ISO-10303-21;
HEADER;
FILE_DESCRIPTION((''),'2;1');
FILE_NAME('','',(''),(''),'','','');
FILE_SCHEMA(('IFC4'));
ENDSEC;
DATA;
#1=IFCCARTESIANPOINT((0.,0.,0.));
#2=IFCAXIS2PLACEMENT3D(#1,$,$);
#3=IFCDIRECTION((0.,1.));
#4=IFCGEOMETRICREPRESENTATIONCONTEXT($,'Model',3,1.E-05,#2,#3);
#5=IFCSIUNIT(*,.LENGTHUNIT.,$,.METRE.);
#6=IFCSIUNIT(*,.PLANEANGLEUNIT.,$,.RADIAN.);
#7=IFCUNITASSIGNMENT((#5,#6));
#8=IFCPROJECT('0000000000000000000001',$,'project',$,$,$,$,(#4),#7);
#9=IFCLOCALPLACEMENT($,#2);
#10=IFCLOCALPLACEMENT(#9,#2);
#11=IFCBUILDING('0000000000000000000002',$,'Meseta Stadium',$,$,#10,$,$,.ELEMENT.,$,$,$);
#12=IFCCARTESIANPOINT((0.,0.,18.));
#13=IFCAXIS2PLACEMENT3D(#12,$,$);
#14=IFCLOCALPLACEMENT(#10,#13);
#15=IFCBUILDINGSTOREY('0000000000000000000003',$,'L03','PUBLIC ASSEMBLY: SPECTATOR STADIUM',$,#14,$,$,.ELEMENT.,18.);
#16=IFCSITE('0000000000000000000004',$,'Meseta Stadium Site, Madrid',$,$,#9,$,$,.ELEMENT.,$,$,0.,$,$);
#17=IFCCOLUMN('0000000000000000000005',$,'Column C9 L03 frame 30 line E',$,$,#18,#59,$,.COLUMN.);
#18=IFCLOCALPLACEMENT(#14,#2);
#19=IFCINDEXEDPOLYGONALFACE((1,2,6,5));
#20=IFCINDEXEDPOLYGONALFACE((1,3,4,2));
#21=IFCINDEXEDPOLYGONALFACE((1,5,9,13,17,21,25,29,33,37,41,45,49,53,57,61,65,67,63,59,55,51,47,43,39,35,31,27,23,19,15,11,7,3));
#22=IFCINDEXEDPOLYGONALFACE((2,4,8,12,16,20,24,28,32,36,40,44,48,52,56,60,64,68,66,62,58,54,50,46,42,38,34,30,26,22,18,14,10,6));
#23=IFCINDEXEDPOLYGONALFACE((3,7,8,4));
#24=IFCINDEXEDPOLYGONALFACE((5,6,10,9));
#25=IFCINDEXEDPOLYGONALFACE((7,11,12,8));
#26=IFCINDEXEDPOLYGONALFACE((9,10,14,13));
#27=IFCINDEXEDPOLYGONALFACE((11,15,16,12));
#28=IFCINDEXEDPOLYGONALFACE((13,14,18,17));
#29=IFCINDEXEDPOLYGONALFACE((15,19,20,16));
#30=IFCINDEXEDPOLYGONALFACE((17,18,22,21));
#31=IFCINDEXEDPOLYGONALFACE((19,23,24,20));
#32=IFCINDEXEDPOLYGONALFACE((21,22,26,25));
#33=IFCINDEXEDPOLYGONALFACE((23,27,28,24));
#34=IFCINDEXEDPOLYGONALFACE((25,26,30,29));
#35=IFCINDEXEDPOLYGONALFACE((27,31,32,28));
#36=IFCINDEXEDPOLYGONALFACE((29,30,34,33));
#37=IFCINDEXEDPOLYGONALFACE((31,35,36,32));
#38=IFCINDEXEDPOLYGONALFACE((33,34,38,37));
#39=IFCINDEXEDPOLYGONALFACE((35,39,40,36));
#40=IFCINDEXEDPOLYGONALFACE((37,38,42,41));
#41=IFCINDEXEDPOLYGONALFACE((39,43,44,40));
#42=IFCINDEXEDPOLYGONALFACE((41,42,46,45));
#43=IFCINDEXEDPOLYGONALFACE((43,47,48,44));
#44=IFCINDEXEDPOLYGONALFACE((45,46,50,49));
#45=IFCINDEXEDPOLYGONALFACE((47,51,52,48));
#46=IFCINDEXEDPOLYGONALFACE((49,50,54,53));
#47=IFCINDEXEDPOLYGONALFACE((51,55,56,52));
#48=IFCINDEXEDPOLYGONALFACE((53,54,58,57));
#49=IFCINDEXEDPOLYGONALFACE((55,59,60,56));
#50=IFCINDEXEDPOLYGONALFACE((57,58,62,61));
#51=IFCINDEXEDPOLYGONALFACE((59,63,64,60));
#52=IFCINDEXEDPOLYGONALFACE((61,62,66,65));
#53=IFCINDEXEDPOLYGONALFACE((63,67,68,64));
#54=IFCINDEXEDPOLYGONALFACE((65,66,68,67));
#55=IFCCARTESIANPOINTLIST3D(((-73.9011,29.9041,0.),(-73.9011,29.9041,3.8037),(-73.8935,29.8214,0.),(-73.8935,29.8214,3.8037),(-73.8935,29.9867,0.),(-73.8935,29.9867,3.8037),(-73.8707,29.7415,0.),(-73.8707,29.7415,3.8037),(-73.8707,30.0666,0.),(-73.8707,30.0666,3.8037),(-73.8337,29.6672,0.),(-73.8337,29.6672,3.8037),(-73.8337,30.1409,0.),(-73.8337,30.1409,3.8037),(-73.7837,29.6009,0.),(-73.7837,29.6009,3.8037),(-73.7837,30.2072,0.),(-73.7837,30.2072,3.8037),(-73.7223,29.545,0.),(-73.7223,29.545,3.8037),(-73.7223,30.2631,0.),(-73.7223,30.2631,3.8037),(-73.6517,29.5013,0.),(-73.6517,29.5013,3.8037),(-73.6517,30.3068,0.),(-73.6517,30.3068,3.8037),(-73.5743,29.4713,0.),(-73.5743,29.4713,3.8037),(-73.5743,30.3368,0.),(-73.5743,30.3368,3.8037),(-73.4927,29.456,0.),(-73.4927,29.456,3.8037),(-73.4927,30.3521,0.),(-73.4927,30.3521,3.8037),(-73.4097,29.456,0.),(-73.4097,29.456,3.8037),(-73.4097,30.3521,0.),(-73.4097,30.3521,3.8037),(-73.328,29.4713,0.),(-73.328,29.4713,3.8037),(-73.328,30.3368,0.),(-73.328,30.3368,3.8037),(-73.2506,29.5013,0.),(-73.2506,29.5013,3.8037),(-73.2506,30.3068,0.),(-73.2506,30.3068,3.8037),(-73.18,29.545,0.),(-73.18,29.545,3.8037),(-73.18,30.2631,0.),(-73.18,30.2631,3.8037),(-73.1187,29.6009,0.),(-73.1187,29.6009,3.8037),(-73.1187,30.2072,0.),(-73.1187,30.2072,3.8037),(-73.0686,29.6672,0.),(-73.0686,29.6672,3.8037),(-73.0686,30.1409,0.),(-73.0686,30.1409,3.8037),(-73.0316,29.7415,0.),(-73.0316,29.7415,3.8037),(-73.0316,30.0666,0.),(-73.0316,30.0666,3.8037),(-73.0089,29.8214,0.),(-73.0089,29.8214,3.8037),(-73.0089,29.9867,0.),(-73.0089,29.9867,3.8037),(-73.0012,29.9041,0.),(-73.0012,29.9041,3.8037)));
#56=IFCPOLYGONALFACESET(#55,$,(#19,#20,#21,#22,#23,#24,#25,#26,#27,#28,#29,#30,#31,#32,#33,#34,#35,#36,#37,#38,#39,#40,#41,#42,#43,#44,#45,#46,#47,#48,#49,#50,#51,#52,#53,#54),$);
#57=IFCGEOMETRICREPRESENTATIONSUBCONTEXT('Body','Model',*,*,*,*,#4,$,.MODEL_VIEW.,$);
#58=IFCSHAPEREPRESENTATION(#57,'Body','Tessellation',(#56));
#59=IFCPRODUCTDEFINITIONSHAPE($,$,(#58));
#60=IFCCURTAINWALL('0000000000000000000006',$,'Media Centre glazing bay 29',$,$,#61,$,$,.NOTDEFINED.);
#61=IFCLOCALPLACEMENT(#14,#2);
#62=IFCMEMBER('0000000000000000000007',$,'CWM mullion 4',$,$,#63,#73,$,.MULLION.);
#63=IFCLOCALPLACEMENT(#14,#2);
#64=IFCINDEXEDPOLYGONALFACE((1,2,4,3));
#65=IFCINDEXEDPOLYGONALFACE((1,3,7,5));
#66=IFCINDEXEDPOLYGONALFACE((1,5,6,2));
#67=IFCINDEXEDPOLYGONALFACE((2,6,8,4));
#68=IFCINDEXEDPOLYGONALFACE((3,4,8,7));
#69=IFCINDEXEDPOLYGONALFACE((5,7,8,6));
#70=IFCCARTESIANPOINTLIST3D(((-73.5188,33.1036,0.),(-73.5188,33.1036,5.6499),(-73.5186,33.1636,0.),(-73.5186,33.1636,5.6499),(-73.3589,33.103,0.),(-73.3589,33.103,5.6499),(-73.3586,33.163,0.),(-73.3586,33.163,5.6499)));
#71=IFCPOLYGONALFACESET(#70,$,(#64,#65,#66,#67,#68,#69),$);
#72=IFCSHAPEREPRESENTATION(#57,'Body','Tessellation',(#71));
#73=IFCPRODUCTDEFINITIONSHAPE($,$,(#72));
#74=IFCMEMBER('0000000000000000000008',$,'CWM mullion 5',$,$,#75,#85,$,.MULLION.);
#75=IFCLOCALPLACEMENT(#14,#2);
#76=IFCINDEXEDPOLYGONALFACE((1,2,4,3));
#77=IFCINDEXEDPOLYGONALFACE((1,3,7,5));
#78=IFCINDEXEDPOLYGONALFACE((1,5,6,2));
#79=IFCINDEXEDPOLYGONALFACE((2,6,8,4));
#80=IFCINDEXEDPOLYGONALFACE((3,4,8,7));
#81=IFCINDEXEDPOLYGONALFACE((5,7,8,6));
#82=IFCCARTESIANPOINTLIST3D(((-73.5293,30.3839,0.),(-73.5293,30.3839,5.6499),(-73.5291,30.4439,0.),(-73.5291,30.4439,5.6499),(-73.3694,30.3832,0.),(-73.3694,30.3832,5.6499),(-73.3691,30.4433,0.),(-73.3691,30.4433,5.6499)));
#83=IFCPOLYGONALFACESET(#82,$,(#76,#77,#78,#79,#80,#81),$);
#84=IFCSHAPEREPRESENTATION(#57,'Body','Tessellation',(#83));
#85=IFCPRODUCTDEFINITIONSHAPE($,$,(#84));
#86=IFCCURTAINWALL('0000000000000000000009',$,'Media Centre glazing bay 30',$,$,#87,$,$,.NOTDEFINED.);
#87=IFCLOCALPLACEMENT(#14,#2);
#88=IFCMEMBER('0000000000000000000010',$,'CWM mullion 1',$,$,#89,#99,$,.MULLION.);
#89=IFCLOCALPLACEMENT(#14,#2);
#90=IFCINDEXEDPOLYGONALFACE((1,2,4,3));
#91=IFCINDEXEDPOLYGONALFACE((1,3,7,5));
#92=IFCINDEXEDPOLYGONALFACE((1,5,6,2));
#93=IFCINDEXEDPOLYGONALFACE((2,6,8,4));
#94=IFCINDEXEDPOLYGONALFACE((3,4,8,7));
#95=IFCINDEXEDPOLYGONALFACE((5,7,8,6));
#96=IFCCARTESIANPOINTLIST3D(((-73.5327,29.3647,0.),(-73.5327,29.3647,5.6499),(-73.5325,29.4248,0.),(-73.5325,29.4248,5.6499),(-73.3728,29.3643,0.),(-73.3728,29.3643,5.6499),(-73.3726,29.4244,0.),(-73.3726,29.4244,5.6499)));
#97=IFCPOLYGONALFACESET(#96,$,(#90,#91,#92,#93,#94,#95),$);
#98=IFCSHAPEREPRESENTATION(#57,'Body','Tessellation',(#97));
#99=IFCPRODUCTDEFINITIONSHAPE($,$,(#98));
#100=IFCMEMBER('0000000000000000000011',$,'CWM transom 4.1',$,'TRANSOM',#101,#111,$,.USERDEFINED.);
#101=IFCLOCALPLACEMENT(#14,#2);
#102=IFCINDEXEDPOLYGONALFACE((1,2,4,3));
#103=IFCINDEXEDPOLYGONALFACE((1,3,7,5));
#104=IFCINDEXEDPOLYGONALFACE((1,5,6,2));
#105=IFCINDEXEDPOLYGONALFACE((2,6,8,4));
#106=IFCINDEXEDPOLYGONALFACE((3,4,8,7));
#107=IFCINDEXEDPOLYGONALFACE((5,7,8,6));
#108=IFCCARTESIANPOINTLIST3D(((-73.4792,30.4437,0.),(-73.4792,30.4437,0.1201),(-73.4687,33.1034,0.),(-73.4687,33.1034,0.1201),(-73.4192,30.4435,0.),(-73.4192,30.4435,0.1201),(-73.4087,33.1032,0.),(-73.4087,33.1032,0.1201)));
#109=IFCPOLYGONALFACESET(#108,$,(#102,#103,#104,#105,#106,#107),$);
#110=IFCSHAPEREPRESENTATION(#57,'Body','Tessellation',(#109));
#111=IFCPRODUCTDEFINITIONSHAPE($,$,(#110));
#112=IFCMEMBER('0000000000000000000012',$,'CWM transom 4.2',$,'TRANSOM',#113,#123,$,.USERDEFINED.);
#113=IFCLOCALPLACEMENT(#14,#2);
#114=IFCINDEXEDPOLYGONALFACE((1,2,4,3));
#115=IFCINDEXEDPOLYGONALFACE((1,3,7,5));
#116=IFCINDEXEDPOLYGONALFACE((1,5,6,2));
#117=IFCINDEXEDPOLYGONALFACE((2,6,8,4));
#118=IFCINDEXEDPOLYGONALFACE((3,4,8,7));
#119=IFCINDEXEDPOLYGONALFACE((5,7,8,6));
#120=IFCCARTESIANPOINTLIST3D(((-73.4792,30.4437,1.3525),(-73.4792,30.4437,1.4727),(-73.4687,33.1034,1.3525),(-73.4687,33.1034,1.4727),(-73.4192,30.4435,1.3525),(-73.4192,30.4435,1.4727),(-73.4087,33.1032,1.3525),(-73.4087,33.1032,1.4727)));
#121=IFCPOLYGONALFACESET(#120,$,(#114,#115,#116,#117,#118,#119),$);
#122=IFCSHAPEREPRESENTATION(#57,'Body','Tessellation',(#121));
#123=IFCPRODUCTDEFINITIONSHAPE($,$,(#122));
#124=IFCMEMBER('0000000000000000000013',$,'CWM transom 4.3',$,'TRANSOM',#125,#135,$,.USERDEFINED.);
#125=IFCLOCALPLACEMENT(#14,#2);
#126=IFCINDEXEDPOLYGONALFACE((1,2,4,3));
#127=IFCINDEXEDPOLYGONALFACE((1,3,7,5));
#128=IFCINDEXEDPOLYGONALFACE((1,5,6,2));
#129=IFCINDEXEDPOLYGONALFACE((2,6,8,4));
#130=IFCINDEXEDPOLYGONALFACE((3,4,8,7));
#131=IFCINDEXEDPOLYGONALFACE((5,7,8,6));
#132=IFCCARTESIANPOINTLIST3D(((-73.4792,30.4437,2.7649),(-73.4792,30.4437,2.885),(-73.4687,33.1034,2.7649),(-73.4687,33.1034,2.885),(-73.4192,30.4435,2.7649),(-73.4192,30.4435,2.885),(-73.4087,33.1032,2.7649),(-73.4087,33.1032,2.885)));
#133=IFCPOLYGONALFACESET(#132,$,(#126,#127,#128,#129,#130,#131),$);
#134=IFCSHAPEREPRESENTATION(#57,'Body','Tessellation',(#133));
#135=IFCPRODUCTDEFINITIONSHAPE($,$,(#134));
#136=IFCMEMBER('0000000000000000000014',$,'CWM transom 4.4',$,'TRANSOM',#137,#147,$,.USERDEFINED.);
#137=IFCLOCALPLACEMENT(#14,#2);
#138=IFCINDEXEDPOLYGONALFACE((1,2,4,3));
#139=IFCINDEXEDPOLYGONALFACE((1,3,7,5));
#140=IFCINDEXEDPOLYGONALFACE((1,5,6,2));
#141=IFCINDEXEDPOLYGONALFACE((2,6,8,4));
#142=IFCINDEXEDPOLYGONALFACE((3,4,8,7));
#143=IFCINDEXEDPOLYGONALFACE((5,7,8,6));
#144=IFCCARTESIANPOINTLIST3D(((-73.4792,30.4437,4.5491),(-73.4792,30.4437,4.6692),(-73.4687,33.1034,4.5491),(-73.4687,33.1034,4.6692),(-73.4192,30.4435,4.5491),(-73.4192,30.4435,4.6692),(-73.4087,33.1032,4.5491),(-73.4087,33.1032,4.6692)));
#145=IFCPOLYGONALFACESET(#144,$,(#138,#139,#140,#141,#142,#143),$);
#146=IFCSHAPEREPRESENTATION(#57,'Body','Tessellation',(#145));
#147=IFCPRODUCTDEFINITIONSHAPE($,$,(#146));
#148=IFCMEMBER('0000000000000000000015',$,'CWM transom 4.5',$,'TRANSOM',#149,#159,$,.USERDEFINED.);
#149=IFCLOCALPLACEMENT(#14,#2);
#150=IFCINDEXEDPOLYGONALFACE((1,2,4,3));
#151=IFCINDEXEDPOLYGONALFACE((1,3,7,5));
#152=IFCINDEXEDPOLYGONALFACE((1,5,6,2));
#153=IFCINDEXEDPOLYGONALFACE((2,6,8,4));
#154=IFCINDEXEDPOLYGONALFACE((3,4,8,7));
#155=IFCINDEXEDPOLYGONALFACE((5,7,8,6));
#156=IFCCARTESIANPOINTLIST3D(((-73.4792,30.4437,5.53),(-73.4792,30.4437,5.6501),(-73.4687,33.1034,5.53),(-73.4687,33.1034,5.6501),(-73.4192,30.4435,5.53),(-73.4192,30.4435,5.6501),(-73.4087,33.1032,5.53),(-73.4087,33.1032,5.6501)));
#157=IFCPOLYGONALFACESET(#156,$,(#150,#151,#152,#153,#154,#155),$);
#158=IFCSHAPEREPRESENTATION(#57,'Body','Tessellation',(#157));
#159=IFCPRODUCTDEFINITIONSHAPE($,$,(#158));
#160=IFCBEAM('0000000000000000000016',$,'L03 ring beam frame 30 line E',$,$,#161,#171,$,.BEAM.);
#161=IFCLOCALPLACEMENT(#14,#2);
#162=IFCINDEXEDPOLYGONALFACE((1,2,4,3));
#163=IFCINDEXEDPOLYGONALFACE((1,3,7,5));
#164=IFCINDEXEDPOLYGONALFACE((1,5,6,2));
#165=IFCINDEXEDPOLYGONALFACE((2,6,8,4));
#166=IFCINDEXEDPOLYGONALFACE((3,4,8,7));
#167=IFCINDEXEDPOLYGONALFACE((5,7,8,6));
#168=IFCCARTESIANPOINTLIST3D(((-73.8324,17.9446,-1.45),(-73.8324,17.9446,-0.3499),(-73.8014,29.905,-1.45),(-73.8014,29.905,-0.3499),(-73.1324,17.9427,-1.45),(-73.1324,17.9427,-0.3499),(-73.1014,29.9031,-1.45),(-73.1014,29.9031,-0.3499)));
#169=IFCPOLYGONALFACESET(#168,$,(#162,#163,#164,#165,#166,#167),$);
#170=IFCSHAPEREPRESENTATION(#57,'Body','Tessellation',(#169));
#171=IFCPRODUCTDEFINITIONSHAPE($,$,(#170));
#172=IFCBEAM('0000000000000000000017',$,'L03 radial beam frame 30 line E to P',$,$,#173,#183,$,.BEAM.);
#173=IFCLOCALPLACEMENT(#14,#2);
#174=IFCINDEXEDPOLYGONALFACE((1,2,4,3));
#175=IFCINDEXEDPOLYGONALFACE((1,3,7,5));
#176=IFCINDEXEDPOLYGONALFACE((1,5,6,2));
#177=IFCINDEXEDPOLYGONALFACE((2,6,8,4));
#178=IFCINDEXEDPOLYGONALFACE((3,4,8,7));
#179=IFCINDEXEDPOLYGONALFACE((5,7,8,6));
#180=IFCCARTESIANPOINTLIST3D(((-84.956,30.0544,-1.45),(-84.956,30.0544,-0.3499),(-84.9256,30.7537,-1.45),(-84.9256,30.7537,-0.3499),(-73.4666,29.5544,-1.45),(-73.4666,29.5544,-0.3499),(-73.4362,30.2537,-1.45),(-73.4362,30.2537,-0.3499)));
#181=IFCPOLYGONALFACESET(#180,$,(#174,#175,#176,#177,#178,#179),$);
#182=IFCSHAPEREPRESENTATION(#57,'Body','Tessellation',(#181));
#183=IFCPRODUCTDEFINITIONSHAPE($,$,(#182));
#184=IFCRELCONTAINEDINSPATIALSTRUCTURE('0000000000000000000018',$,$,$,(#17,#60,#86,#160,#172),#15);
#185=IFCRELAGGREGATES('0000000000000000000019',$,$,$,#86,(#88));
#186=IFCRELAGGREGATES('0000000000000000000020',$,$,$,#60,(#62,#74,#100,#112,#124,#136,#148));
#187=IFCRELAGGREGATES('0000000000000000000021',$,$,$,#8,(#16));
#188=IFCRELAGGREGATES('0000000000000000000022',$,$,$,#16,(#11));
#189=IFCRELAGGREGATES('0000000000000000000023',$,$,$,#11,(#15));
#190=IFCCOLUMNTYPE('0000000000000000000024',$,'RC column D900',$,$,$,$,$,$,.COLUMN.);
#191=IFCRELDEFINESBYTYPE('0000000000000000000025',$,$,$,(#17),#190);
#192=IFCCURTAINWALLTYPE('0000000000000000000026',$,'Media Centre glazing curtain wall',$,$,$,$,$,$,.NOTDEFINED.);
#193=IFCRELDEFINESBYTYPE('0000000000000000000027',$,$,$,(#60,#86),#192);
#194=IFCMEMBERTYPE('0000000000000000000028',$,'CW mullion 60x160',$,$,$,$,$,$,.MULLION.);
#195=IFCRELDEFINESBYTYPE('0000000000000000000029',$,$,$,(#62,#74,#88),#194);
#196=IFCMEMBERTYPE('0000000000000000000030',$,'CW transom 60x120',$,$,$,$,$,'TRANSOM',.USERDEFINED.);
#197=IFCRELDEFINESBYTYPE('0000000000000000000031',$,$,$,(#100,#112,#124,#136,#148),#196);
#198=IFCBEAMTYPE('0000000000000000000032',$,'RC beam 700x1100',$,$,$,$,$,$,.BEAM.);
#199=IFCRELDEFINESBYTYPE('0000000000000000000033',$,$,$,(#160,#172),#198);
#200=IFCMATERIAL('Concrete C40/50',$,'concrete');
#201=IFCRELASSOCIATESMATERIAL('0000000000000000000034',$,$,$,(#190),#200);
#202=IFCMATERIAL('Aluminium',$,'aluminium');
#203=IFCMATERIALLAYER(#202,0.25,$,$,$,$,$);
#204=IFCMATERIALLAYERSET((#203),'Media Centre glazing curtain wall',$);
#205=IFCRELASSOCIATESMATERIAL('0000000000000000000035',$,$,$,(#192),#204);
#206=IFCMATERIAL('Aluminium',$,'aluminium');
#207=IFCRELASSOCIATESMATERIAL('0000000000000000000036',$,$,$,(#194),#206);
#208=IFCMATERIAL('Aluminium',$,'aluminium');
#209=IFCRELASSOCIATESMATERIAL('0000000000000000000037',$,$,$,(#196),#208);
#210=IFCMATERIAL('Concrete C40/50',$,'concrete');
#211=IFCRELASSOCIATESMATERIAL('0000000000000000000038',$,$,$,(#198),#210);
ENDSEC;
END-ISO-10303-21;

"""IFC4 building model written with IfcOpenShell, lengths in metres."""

from ifc_helpers import new_model, si_unit, direction, frame, origin, origin_2d, place, context, subcontext, project, spatial, rectangle, circle, extrude, material, layer, layer_set, material_profile, profile_set, type_object, element, aggregate, save


model = new_model("IFC4")

# Units and contexts
model_context = context("Model", 3, precision=1e-05, world=origin(), true_north=direction((0.0, 1.0)))
body_context = subcontext(model_context, "Body", "Model", "MODEL_VIEW")
ifc_project = project(units=[si_unit("LENGTHUNIT", "METRE"), si_unit("PLANEANGLEUNIT", "RADIAN")], contexts=[model_context])

# Site, building, storey
site_placement = place(None, origin())
site = spatial("IfcSite", under=ifc_project, at=site_placement, Name="Meseta Stadium Site, Madrid", CompositionType="ELEMENT", RefElevation=0.0)
building_placement = place(site_placement, origin())
building = spatial("IfcBuilding", under=site, at=building_placement, Name="Meseta Stadium", CompositionType="ELEMENT")
storey_placement = place(building_placement, frame((0.0, 0.0, 18.0)))
storey = spatial("IfcBuildingStorey", under=building, at=storey_placement, Name="L03", Description="PUBLIC ASSEMBLY: SPECTATOR STADIUM", CompositionType="ELEMENT", Elevation=18.0)

# Column
ifc_material_1 = material(Name="Concrete C40/50", Category="concrete")
ifc_material_profile_1 = material_profile(ifc_material_1, circle(Radius=0.45, at=origin_2d()), Name="RC D900")
ifc_profile_set_1 = profile_set([ifc_material_profile_1], Name="Concrete C40/50")
column_type = type_object("IfcColumnType", Name="RC column D900", PredefinedType="COLUMN", material=ifc_profile_set_1)
column_placement = place(storey_placement, frame((-73.4512, 29.9041, 0.0), z_axis=(0.0, 0.0, 1.0), x_axis=(1.0, 0.0, 0.0)))
element("IfcColumn", 1, at=column_placement, inside=storey, type_object=column_type, Name="Column C9 L03 frame 30 line E", PredefinedType="COLUMN", context=body_context, shape_type="SweptSolid", body=[
    extrude(circle(Radius=0.45, at=origin_2d()), origin(), (0.0, 0.0, 1.0), 3.8037),
])

# Curtain wall, members
ifc_material_2 = material(Name="Aluminium", Category="aluminium")
ifc_layer_1 = layer(ifc_material_2, 0.25)
ifc_layer_set_1 = layer_set([ifc_layer_1], Name="Media Centre glazing curtain wall")
curtain_wall_type = type_object("IfcCurtainWallType", Name="Media Centre glazing curtain wall", PredefinedType="NOTDEFINED", material=ifc_layer_set_1)
curtain_wall_1_placement = place(storey_placement, origin())
curtain_wall_1 = element("IfcCurtainWall", 2, at=curtain_wall_1_placement, inside=storey, type_object=curtain_wall_type, Name="Media Centre glazing bay 29", PredefinedType="NOTDEFINED")
ifc_material_3 = material(Name="Aluminium", Category="aluminium")
ifc_material_profile_2 = material_profile(ifc_material_3, rectangle(XDim=0.1599, YDim=0.0601, at=origin_2d()), Name="CW 160x60")
ifc_profile_set_2 = profile_set([ifc_material_profile_2], Name="Aluminium")
member_type_1 = type_object("IfcMemberType", Name="CW mullion 60x160", PredefinedType="MULLION", material=ifc_profile_set_2)
member_1_placement = place(storey_placement, frame((-73.4387, 33.1333, 0.0), z_axis=(0.0, 0.0, 1.0), x_axis=(0.999992, -0.003895, 0.0)))
member_1 = element("IfcMember", 3, at=member_1_placement, type_object=member_type_1, Name="CWM mullion 4", PredefinedType="MULLION", context=body_context, shape_type="SweptSolid", body=[
    extrude(rectangle(XDim=0.1599, YDim=0.0601, at=origin_2d()), origin(), (0.0, 0.0, 1.0), 5.6499),
])
member_2_placement = place(storey_placement, frame((-73.4492, 30.4136, 0.0), z_axis=(0.0, 0.0, 1.0), x_axis=(0.999992, -0.003895, 0.0)))
member_2 = element("IfcMember", 4, at=member_2_placement, type_object=member_type_1, Name="CWM mullion 5", PredefinedType="MULLION", context=body_context, shape_type="SweptSolid", body=[
    extrude(rectangle(XDim=0.1599, YDim=0.0601, at=origin_2d()), origin(), (0.0, 0.0, 1.0), 5.6499),
])

# Curtain wall, member
curtain_wall_2_placement = place(storey_placement, origin())
curtain_wall_2 = element("IfcCurtainWall", 5, at=curtain_wall_2_placement, inside=storey, type_object=curtain_wall_type, Name="Media Centre glazing bay 30", PredefinedType="NOTDEFINED")
member_3_placement = place(storey_placement, frame((-73.4526, 29.3945, 0.0), z_axis=(0.0, 0.0, 1.0), x_axis=(0.999997, -0.002606, 0.0)))
member_3 = element("IfcMember", 6, at=member_3_placement, type_object=member_type_1, Name="CWM mullion 1", PredefinedType="MULLION", context=body_context, shape_type="SweptSolid", body=[
    extrude(rectangle(XDim=0.1599, YDim=0.0601, at=origin_2d()), origin(), (0.0, 0.0, 1.0), 5.6499),
])
aggregate(curtain_wall_2, [member_3])

# Members
ifc_material_4 = material(Name="Aluminium", Category="aluminium")
ifc_material_profile_3 = material_profile(ifc_material_4, rectangle(XDim=0.0601, YDim=0.1201, at=origin_2d()), Name="CW 60x120")
ifc_profile_set_3 = profile_set([ifc_material_profile_3], Name="Aluminium")
member_type_2 = type_object("IfcMemberType", Name="CW transom 60x120", ElementType="TRANSOM", PredefinedType="USERDEFINED", material=ifc_profile_set_3)
member_4_placement = place(storey_placement, frame((-73.4387, 33.1033, 0.0601), z_axis=(-0.003947, -0.999992, 0.0), x_axis=(0.999992, -0.003947, 0.0)))
member_4 = element("IfcMember", 7, at=member_4_placement, type_object=member_type_2, Name="CWM transom 4.1", ObjectType="TRANSOM", PredefinedType="USERDEFINED", context=body_context, shape_type="SweptSolid", body=[
    extrude(rectangle(XDim=0.0601, YDim=0.1201, at=origin_2d()), origin(), (0.0, 0.0, 1.0), 2.6597),
])
member_5_placement = place(storey_placement, frame((-73.4387, 33.1033, 1.4126), z_axis=(-0.003947, -0.999992, 0.0), x_axis=(0.999992, -0.003947, 0.0)))
member_5 = element("IfcMember", 8, at=member_5_placement, type_object=member_type_2, Name="CWM transom 4.2", ObjectType="TRANSOM", PredefinedType="USERDEFINED", context=body_context, shape_type="SweptSolid", body=[
    extrude(rectangle(XDim=0.0601, YDim=0.1201, at=origin_2d()), origin(), (0.0, 0.0, 1.0), 2.6597),
])
member_6_placement = place(storey_placement, frame((-73.4387, 33.1033, 2.825), z_axis=(-0.003947, -0.999992, 0.0), x_axis=(0.999992, -0.003947, 0.0)))
member_6 = element("IfcMember", 9, at=member_6_placement, type_object=member_type_2, Name="CWM transom 4.3", ObjectType="TRANSOM", PredefinedType="USERDEFINED", context=body_context, shape_type="SweptSolid", body=[
    extrude(rectangle(XDim=0.0601, YDim=0.1201, at=origin_2d()), origin(), (0.0, 0.0, 1.0), 2.6597),
])
member_7_placement = place(storey_placement, frame((-73.4387, 33.1033, 4.6091), z_axis=(-0.003947, -0.999992, 0.0), x_axis=(0.999992, -0.003947, 0.0)))
member_7 = element("IfcMember", 10, at=member_7_placement, type_object=member_type_2, Name="CWM transom 4.4", ObjectType="TRANSOM", PredefinedType="USERDEFINED", context=body_context, shape_type="SweptSolid", body=[
    extrude(rectangle(XDim=0.0601, YDim=0.1201, at=origin_2d()), origin(), (0.0, 0.0, 1.0), 2.6597),
])
member_8_placement = place(storey_placement, frame((-73.4387, 33.1033, 5.5901), z_axis=(-0.003947, -0.999992, 0.0), x_axis=(0.999992, -0.003947, 0.0)))
member_8 = element("IfcMember", 11, at=member_8_placement, type_object=member_type_2, Name="CWM transom 4.5", ObjectType="TRANSOM", PredefinedType="USERDEFINED", context=body_context, shape_type="SweptSolid", body=[
    extrude(rectangle(XDim=0.0601, YDim=0.1201, at=origin_2d()), origin(), (0.0, 0.0, 1.0), 2.6597),
])

# Beams
ifc_material_5 = material(Name="Concrete C40/50", Category="concrete")
ifc_material_profile_4 = material_profile(ifc_material_5, rectangle(XDim=0.7, YDim=1.1001, at=origin_2d()), Name="RC 700x1100")
ifc_profile_set_4 = profile_set([ifc_material_profile_4], Name="Concrete C40/50")
beam_type = type_object("IfcBeamType", Name="RC beam 700x1100", PredefinedType="BEAM", material=ifc_profile_set_4)
beam_1_placement = place(storey_placement, frame((-73.4514, 29.9041, -0.8999), z_axis=(-0.002592, -0.999997, 0.0), x_axis=(0.999997, -0.002592, 0.0)))
element("IfcBeam", 12, at=beam_1_placement, inside=storey, type_object=beam_type, Name="L03 ring beam frame 30 line E", PredefinedType="BEAM", context=body_context, shape_type="SweptSolid", body=[
    extrude(rectangle(XDim=0.7, YDim=1.1001, at=origin_2d()), origin(), (0.0, 0.0, 1.0), 11.9604),
])
beam_2_placement = place(storey_placement, frame((-73.4514, 29.9041, -0.8999), z_axis=(-0.999054, 0.043478, 0.0), x_axis=(-0.043478, -0.999054, 0.0)))
element("IfcBeam", 13, at=beam_2_placement, inside=storey, type_object=beam_type, Name="L03 radial beam frame 30 line E to P", PredefinedType="BEAM", context=body_context, shape_type="SweptSolid", body=[
    extrude(rectangle(XDim=0.7, YDim=1.1001, at=origin_2d()), origin(), (0.0, 0.0, 1.0), 11.5002),
])

aggregate(curtain_wall_1, [member_1, member_2, member_4, member_5, member_6, member_7, member_8])

save(model, "model.ifc")
